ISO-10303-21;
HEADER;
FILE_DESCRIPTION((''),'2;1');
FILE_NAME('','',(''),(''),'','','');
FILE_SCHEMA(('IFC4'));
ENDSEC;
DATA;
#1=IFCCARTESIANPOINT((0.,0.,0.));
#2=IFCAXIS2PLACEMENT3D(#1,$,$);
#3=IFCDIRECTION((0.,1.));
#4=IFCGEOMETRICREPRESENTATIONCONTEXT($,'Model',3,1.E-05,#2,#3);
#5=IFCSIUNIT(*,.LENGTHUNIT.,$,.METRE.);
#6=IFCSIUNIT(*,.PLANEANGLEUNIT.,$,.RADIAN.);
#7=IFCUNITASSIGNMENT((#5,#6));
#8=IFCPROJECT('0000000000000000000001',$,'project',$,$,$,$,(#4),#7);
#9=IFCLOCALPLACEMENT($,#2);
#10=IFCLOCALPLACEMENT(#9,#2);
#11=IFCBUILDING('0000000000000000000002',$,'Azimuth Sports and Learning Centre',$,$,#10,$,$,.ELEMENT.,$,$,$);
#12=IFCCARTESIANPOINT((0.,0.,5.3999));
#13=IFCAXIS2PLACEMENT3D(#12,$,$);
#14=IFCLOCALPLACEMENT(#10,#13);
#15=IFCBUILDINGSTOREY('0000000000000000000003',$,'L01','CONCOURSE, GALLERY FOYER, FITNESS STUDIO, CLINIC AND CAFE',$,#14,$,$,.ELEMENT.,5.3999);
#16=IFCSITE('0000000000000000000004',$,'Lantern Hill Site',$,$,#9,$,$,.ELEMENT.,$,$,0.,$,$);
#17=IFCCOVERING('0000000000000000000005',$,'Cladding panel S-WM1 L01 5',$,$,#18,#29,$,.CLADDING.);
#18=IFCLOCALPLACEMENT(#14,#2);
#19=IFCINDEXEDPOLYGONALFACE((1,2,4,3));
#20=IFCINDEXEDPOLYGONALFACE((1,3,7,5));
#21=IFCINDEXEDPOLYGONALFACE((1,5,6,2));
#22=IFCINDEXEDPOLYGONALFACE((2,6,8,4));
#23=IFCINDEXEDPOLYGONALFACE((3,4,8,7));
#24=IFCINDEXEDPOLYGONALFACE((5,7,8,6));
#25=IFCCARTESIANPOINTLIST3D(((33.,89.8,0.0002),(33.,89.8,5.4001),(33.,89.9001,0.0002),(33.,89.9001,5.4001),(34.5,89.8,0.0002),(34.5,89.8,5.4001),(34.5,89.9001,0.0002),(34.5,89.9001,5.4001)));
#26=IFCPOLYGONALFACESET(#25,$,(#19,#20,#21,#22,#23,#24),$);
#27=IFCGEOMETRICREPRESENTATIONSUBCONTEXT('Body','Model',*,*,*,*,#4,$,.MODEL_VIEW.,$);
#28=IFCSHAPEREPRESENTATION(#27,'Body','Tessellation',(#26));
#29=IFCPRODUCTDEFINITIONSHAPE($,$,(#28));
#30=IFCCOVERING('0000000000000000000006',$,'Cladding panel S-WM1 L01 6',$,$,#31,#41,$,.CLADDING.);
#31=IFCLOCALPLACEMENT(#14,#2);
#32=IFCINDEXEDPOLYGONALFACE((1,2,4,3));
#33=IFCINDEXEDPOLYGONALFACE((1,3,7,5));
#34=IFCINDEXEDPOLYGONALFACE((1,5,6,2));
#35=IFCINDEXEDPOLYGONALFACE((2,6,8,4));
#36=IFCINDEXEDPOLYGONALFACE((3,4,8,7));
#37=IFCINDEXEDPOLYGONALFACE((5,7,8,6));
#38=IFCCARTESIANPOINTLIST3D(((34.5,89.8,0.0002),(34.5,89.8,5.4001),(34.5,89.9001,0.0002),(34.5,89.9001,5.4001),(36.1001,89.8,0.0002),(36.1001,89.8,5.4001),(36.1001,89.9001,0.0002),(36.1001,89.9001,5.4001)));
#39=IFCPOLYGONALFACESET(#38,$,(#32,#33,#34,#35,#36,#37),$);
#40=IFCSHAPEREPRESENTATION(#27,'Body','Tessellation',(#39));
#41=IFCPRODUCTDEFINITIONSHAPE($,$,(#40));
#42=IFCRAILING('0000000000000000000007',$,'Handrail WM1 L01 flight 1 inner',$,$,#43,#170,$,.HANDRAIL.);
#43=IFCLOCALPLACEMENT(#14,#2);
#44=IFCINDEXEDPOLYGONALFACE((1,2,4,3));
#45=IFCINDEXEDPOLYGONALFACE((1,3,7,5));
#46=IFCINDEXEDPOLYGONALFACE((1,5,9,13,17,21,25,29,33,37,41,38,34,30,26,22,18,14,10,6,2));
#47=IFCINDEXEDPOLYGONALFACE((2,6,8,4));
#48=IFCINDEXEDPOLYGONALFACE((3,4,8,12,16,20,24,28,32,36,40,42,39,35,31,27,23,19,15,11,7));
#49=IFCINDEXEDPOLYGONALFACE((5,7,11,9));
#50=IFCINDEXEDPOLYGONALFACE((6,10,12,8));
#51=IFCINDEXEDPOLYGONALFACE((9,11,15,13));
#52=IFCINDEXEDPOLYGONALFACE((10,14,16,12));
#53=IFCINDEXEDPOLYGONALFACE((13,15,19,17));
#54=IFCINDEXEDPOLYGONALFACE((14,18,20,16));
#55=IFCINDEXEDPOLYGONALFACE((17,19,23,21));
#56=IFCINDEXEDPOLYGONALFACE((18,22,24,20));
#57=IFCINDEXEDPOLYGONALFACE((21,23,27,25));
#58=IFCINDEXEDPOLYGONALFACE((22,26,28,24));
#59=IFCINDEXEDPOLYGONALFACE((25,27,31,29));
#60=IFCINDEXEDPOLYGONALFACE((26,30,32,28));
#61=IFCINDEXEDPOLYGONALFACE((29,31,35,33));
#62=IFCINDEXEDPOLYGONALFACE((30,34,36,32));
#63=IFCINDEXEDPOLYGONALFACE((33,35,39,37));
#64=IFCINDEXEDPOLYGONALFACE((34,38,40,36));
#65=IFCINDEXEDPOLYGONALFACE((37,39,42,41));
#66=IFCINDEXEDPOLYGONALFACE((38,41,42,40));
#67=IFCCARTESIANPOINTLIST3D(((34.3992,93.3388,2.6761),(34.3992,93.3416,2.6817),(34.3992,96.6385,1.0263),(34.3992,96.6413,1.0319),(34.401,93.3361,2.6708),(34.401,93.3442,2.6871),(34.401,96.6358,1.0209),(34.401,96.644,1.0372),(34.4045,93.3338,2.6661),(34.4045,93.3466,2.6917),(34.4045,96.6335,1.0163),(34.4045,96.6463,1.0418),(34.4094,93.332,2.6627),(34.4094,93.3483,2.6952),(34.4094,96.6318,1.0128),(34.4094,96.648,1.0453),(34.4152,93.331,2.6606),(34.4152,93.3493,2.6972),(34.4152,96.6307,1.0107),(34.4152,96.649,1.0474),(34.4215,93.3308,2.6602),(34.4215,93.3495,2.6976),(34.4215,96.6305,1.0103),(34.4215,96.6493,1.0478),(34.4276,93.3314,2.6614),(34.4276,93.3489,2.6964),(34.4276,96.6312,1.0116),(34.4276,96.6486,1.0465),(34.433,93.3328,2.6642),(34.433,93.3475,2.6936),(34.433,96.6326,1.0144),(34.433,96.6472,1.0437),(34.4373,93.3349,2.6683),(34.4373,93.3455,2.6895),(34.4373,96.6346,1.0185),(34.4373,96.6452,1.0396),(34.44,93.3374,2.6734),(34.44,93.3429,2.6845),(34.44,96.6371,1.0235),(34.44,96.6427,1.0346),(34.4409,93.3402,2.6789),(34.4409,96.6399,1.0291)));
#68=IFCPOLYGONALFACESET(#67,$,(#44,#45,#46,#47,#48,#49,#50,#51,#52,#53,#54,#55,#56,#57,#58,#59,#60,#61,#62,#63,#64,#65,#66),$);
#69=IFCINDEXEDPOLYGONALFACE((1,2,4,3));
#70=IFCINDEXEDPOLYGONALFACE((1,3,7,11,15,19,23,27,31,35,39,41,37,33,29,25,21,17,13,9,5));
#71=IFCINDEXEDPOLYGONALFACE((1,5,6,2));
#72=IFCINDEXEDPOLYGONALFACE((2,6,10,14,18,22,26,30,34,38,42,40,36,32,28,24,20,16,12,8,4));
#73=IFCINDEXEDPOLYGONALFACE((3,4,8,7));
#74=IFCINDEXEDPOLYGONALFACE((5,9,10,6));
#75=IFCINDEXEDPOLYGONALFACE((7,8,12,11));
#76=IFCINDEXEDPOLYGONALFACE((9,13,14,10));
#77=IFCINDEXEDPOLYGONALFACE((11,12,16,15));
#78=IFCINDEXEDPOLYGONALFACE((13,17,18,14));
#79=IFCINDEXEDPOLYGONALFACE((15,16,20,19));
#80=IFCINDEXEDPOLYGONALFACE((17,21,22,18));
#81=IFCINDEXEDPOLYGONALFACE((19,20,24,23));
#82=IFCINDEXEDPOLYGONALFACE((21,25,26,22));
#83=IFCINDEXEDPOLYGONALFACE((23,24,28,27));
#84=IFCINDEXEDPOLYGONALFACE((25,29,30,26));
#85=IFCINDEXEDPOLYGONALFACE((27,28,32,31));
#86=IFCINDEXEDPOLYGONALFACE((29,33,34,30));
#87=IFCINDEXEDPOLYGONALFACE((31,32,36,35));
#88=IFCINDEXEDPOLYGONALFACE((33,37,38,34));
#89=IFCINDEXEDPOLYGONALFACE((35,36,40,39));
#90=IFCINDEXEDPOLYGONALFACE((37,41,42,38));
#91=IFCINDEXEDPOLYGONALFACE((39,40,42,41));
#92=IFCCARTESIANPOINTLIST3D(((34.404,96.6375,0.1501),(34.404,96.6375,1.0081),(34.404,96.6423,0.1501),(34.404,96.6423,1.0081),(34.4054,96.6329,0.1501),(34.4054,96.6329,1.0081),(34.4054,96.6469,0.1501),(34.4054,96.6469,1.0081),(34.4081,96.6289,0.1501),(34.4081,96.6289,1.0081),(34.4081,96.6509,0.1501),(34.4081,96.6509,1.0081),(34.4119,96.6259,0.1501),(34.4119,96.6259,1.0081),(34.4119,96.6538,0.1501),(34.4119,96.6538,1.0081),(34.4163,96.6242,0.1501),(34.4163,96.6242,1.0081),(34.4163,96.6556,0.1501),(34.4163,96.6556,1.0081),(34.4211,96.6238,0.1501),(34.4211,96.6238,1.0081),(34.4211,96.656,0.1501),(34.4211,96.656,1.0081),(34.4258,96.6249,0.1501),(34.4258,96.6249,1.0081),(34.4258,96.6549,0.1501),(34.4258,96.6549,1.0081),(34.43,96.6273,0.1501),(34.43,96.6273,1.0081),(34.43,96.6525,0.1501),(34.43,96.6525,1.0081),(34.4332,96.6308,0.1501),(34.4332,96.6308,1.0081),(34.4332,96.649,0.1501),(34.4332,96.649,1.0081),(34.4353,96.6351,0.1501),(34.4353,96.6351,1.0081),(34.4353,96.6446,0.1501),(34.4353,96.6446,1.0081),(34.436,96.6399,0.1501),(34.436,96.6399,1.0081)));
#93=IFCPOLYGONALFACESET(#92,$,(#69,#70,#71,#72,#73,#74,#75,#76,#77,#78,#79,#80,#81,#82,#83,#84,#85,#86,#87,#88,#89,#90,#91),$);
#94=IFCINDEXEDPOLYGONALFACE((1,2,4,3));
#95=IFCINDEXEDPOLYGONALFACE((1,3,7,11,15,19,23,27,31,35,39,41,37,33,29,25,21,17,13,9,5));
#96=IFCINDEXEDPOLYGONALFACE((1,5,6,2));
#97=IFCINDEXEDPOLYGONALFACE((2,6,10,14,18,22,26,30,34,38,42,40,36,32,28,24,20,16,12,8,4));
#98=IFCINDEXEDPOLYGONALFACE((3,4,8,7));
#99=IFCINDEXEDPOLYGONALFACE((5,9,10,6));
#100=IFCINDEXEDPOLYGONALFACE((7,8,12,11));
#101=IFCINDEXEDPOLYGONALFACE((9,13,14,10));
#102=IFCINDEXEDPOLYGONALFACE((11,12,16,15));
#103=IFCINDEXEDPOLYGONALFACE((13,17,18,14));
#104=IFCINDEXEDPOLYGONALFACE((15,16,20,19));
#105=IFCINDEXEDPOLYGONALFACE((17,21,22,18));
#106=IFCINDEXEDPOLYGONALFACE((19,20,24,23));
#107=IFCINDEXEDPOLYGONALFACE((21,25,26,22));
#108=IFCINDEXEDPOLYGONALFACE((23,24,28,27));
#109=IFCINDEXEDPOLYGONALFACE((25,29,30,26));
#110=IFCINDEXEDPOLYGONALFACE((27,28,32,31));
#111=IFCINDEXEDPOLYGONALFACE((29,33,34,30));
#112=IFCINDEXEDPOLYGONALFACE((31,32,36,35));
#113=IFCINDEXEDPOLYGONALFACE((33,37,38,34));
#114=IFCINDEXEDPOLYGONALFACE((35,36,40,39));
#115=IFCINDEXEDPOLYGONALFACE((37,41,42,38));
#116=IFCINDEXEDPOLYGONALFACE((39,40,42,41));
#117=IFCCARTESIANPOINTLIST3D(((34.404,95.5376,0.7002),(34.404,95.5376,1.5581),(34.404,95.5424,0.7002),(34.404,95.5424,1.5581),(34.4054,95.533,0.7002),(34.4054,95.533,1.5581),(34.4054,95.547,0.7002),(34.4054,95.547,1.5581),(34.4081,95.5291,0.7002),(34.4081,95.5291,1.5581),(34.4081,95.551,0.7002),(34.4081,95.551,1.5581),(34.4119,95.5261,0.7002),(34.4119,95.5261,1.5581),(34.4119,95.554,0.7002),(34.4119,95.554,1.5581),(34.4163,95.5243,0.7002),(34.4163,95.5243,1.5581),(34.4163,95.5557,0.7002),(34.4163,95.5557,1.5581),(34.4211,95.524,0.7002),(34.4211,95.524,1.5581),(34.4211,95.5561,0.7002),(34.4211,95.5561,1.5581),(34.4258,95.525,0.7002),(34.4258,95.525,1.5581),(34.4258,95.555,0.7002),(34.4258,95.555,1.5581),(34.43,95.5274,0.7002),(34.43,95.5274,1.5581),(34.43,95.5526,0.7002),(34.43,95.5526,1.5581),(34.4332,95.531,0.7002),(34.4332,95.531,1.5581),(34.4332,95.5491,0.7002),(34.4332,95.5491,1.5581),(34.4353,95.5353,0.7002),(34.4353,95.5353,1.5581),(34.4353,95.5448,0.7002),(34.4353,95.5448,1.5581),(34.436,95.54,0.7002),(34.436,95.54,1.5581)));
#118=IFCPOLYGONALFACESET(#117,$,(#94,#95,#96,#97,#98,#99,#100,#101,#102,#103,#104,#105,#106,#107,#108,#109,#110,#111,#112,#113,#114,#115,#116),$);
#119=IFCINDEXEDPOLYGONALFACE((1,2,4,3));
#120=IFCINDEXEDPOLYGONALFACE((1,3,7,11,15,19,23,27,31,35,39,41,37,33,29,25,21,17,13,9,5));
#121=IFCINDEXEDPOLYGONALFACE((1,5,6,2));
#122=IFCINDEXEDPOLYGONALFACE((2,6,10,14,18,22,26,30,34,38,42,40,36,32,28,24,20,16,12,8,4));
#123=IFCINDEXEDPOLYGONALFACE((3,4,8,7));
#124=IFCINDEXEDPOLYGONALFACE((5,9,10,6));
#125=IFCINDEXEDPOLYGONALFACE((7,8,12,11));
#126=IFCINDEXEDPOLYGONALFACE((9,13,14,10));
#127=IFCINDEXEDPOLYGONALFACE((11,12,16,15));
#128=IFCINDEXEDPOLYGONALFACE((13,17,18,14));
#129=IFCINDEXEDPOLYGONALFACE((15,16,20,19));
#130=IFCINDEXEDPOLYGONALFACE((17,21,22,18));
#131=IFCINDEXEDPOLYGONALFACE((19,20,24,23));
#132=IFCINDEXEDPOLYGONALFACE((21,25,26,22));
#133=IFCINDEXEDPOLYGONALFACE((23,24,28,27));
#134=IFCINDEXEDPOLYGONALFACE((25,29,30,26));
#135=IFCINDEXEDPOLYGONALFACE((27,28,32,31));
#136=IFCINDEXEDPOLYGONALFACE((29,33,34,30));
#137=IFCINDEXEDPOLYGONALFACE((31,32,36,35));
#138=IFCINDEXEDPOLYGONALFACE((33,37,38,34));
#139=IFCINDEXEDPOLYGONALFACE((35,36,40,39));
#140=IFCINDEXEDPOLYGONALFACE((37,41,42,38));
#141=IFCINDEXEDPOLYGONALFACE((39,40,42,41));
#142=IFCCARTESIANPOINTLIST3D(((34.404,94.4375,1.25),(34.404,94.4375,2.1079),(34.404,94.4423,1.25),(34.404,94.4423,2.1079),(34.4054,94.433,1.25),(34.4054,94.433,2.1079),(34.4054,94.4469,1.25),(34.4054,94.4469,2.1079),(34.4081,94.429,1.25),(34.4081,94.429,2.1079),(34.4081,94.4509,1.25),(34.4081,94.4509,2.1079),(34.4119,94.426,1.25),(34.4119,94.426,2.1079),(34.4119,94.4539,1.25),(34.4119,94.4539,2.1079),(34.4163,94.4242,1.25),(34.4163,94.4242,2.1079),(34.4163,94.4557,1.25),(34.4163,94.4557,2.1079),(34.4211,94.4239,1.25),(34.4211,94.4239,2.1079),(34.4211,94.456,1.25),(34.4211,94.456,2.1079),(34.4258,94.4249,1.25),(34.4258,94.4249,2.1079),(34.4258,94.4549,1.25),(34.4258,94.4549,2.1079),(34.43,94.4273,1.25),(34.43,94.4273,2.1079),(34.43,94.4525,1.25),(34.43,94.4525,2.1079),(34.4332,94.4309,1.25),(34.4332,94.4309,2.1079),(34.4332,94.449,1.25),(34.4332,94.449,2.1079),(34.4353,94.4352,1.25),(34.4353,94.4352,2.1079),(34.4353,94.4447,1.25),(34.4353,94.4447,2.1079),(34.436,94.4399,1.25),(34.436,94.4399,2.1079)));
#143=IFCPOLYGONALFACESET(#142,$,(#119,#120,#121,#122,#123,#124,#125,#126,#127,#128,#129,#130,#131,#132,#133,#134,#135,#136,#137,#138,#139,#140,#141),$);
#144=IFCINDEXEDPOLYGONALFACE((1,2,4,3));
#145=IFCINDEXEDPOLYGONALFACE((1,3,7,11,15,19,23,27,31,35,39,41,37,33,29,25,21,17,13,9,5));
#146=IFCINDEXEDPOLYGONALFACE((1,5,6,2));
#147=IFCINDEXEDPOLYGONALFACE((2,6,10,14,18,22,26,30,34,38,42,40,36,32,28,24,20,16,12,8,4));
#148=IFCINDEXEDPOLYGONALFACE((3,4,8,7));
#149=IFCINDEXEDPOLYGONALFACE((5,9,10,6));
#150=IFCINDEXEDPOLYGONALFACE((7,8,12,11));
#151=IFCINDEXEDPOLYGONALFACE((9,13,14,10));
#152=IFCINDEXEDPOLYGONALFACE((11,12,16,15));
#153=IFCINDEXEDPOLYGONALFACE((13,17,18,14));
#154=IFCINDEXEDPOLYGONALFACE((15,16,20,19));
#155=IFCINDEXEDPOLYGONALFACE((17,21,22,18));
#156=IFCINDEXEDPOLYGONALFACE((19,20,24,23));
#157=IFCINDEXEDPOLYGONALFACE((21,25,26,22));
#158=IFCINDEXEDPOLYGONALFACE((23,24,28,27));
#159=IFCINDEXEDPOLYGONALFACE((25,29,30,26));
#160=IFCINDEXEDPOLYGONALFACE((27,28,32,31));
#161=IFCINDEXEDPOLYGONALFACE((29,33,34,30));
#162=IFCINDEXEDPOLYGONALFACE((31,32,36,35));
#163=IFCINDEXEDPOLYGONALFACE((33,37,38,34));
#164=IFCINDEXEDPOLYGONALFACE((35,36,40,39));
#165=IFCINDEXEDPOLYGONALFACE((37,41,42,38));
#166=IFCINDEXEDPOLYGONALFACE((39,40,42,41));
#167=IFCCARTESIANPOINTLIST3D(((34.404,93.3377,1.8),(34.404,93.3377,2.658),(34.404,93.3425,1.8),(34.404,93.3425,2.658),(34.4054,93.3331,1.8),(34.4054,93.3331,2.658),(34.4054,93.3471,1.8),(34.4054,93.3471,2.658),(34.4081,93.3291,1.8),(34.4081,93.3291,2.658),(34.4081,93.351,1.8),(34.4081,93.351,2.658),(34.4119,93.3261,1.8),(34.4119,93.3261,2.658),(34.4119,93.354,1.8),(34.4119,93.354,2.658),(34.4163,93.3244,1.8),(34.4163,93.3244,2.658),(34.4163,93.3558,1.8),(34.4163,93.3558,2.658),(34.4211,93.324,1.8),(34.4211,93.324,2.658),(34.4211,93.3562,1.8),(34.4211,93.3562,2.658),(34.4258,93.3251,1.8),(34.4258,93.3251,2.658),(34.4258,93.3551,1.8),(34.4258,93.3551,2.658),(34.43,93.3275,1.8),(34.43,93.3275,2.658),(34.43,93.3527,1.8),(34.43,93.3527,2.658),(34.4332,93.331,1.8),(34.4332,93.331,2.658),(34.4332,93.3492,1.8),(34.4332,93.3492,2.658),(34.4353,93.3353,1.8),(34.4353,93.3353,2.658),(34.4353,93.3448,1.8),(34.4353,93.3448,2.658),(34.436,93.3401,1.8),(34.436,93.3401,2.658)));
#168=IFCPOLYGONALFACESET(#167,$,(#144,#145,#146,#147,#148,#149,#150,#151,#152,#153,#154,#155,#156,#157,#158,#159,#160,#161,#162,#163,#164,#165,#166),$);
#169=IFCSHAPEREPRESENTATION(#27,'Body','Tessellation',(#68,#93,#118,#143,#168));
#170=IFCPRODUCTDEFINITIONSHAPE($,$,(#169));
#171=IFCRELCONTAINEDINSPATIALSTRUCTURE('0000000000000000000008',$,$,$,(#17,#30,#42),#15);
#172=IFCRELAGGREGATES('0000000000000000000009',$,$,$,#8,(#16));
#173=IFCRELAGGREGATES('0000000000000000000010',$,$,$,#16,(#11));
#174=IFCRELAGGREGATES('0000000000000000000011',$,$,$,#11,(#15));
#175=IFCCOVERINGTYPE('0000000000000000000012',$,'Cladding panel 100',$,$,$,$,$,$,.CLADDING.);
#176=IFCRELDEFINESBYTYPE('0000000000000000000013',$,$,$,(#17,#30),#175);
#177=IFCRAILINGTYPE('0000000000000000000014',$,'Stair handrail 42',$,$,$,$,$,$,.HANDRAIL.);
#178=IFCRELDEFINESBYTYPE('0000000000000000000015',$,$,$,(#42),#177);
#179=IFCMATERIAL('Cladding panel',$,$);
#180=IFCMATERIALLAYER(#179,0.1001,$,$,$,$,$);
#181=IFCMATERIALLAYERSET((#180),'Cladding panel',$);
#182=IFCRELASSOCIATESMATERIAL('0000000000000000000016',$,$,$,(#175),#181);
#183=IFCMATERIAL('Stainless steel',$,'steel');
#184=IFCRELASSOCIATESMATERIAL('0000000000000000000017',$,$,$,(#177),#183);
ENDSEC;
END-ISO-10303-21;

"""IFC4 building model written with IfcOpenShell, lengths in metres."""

from ifc_helpers import new_model, si_unit, direction, frame, origin, origin_2d, place, context, subcontext, project, spatial, rectangle, circle, extrude, material, layer, layer_set, type_object, element, save


model = new_model("IFC4")

# Units and contexts
model_context = context("Model", 3, precision=1e-05, world=origin(), true_north=direction((0.0, 1.0)))
body_context = subcontext(model_context, "Body", "Model", "MODEL_VIEW")
ifc_project = project(units=[si_unit("LENGTHUNIT", "METRE"), si_unit("PLANEANGLEUNIT", "RADIAN")], contexts=[model_context])

# Site, building, storey
site_placement = place(None, origin())
site = spatial("IfcSite", under=ifc_project, at=site_placement, Name="Lantern Hill Site", CompositionType="ELEMENT", RefElevation=0.0)
building_placement = place(site_placement, origin())
building = spatial("IfcBuilding", under=site, at=building_placement, Name="Azimuth Sports and Learning Centre", CompositionType="ELEMENT")
storey_placement = place(building_placement, frame((0.0, 0.0, 5.3999)))
storey = spatial("IfcBuildingStorey", under=building, at=storey_placement, Name="L01", Description="CONCOURSE, GALLERY FOYER, FITNESS STUDIO, CLINIC AND CAFE", CompositionType="ELEMENT", Elevation=5.3999)

# Coverings
ifc_material_1 = material(Name="Cladding panel")
ifc_layer_1 = layer(ifc_material_1, 0.1001)
ifc_layer_set_1 = layer_set([ifc_layer_1], Name="Cladding panel")
covering_type = type_object("IfcCoveringType", Name="Cladding panel 100", PredefinedType="CLADDING", material=ifc_layer_set_1)
for number, where, z_axis, x_axis, name in (
    (1, (33.75, 89.8501, 0.0002), (0.0, 0.0, 1.0), (1.0, 0.0, 0.0), "Cladding panel S-WM1 L01 5"),
):
    element("IfcCovering", number, at=place(storey_placement, frame(where, z_axis=z_axis, x_axis=x_axis)), inside=storey, type_object=covering_type, Name=name, PredefinedType="CLADDING", context=body_context, shape_type="SweptSolid", body=[
        extrude(rectangle(XDim=1.5, YDim=0.1001, at=origin_2d()), origin(), (0.0, 0.0, 1.0), 5.3999),
    ])
covering_1_placement = place(storey_placement, frame((35.3, 89.8501, 0.0002), z_axis=(0.0, 0.0, 1.0), x_axis=(1.0, 0.0, 0.0)))
element("IfcCovering", 2, at=covering_1_placement, inside=storey, type_object=covering_type, Name="Cladding panel S-WM1 L01 6", PredefinedType="CLADDING", context=body_context, shape_type="SweptSolid", body=[
    extrude(rectangle(XDim=1.6001, YDim=0.1001, at=origin_2d()), origin(), (0.0, 0.0, 1.0), 5.3999),
])

# Railing
ifc_material_2 = material(Name="Stainless steel", Category="steel")
railing_type = type_object("IfcRailingType", Name="Stair handrail 42", PredefinedType="HANDRAIL", material=ifc_material_2)
for number, where, name in (
    (3, (34.4199, 96.6399, 0.1501), "Handrail WM1 L01 flight 1 inner"),
):
    element("IfcRailing", number, at=place(storey_placement, frame(where)), inside=storey, type_object=railing_type, Name=name, PredefinedType="HANDRAIL", context=body_context, shape_type="SweptSolid", body=[
        extrude(circle(Radius=0.021, at=origin_2d()), frame((0.0, 0.0, 0.8789), z_axis=(0.0, -0.894427, 0.447214), x_axis=(1.0, 0.0, 0.0)), (0.0, 0.0, 1.0), 3.6892),
        extrude(circle(Radius=0.0161, at=origin_2d()), origin(), (0.0, 0.0, 1.0), 0.8579),
        extrude(circle(Radius=0.0161, at=origin_2d()), frame((0.0, -1.0999, 0.55)), (0.0, 0.0, 1.0), 0.8579),
        extrude(circle(Radius=0.0161, at=origin_2d()), frame((0.0, -2.2, 1.0999)), (0.0, 0.0, 1.0), 0.8579),
        extrude(circle(Radius=0.0161, at=origin_2d()), frame((0.0, -3.2998, 1.6499)), (0.0, 0.0, 1.0), 0.8579),
    ])

save(model, "model.ifc")
